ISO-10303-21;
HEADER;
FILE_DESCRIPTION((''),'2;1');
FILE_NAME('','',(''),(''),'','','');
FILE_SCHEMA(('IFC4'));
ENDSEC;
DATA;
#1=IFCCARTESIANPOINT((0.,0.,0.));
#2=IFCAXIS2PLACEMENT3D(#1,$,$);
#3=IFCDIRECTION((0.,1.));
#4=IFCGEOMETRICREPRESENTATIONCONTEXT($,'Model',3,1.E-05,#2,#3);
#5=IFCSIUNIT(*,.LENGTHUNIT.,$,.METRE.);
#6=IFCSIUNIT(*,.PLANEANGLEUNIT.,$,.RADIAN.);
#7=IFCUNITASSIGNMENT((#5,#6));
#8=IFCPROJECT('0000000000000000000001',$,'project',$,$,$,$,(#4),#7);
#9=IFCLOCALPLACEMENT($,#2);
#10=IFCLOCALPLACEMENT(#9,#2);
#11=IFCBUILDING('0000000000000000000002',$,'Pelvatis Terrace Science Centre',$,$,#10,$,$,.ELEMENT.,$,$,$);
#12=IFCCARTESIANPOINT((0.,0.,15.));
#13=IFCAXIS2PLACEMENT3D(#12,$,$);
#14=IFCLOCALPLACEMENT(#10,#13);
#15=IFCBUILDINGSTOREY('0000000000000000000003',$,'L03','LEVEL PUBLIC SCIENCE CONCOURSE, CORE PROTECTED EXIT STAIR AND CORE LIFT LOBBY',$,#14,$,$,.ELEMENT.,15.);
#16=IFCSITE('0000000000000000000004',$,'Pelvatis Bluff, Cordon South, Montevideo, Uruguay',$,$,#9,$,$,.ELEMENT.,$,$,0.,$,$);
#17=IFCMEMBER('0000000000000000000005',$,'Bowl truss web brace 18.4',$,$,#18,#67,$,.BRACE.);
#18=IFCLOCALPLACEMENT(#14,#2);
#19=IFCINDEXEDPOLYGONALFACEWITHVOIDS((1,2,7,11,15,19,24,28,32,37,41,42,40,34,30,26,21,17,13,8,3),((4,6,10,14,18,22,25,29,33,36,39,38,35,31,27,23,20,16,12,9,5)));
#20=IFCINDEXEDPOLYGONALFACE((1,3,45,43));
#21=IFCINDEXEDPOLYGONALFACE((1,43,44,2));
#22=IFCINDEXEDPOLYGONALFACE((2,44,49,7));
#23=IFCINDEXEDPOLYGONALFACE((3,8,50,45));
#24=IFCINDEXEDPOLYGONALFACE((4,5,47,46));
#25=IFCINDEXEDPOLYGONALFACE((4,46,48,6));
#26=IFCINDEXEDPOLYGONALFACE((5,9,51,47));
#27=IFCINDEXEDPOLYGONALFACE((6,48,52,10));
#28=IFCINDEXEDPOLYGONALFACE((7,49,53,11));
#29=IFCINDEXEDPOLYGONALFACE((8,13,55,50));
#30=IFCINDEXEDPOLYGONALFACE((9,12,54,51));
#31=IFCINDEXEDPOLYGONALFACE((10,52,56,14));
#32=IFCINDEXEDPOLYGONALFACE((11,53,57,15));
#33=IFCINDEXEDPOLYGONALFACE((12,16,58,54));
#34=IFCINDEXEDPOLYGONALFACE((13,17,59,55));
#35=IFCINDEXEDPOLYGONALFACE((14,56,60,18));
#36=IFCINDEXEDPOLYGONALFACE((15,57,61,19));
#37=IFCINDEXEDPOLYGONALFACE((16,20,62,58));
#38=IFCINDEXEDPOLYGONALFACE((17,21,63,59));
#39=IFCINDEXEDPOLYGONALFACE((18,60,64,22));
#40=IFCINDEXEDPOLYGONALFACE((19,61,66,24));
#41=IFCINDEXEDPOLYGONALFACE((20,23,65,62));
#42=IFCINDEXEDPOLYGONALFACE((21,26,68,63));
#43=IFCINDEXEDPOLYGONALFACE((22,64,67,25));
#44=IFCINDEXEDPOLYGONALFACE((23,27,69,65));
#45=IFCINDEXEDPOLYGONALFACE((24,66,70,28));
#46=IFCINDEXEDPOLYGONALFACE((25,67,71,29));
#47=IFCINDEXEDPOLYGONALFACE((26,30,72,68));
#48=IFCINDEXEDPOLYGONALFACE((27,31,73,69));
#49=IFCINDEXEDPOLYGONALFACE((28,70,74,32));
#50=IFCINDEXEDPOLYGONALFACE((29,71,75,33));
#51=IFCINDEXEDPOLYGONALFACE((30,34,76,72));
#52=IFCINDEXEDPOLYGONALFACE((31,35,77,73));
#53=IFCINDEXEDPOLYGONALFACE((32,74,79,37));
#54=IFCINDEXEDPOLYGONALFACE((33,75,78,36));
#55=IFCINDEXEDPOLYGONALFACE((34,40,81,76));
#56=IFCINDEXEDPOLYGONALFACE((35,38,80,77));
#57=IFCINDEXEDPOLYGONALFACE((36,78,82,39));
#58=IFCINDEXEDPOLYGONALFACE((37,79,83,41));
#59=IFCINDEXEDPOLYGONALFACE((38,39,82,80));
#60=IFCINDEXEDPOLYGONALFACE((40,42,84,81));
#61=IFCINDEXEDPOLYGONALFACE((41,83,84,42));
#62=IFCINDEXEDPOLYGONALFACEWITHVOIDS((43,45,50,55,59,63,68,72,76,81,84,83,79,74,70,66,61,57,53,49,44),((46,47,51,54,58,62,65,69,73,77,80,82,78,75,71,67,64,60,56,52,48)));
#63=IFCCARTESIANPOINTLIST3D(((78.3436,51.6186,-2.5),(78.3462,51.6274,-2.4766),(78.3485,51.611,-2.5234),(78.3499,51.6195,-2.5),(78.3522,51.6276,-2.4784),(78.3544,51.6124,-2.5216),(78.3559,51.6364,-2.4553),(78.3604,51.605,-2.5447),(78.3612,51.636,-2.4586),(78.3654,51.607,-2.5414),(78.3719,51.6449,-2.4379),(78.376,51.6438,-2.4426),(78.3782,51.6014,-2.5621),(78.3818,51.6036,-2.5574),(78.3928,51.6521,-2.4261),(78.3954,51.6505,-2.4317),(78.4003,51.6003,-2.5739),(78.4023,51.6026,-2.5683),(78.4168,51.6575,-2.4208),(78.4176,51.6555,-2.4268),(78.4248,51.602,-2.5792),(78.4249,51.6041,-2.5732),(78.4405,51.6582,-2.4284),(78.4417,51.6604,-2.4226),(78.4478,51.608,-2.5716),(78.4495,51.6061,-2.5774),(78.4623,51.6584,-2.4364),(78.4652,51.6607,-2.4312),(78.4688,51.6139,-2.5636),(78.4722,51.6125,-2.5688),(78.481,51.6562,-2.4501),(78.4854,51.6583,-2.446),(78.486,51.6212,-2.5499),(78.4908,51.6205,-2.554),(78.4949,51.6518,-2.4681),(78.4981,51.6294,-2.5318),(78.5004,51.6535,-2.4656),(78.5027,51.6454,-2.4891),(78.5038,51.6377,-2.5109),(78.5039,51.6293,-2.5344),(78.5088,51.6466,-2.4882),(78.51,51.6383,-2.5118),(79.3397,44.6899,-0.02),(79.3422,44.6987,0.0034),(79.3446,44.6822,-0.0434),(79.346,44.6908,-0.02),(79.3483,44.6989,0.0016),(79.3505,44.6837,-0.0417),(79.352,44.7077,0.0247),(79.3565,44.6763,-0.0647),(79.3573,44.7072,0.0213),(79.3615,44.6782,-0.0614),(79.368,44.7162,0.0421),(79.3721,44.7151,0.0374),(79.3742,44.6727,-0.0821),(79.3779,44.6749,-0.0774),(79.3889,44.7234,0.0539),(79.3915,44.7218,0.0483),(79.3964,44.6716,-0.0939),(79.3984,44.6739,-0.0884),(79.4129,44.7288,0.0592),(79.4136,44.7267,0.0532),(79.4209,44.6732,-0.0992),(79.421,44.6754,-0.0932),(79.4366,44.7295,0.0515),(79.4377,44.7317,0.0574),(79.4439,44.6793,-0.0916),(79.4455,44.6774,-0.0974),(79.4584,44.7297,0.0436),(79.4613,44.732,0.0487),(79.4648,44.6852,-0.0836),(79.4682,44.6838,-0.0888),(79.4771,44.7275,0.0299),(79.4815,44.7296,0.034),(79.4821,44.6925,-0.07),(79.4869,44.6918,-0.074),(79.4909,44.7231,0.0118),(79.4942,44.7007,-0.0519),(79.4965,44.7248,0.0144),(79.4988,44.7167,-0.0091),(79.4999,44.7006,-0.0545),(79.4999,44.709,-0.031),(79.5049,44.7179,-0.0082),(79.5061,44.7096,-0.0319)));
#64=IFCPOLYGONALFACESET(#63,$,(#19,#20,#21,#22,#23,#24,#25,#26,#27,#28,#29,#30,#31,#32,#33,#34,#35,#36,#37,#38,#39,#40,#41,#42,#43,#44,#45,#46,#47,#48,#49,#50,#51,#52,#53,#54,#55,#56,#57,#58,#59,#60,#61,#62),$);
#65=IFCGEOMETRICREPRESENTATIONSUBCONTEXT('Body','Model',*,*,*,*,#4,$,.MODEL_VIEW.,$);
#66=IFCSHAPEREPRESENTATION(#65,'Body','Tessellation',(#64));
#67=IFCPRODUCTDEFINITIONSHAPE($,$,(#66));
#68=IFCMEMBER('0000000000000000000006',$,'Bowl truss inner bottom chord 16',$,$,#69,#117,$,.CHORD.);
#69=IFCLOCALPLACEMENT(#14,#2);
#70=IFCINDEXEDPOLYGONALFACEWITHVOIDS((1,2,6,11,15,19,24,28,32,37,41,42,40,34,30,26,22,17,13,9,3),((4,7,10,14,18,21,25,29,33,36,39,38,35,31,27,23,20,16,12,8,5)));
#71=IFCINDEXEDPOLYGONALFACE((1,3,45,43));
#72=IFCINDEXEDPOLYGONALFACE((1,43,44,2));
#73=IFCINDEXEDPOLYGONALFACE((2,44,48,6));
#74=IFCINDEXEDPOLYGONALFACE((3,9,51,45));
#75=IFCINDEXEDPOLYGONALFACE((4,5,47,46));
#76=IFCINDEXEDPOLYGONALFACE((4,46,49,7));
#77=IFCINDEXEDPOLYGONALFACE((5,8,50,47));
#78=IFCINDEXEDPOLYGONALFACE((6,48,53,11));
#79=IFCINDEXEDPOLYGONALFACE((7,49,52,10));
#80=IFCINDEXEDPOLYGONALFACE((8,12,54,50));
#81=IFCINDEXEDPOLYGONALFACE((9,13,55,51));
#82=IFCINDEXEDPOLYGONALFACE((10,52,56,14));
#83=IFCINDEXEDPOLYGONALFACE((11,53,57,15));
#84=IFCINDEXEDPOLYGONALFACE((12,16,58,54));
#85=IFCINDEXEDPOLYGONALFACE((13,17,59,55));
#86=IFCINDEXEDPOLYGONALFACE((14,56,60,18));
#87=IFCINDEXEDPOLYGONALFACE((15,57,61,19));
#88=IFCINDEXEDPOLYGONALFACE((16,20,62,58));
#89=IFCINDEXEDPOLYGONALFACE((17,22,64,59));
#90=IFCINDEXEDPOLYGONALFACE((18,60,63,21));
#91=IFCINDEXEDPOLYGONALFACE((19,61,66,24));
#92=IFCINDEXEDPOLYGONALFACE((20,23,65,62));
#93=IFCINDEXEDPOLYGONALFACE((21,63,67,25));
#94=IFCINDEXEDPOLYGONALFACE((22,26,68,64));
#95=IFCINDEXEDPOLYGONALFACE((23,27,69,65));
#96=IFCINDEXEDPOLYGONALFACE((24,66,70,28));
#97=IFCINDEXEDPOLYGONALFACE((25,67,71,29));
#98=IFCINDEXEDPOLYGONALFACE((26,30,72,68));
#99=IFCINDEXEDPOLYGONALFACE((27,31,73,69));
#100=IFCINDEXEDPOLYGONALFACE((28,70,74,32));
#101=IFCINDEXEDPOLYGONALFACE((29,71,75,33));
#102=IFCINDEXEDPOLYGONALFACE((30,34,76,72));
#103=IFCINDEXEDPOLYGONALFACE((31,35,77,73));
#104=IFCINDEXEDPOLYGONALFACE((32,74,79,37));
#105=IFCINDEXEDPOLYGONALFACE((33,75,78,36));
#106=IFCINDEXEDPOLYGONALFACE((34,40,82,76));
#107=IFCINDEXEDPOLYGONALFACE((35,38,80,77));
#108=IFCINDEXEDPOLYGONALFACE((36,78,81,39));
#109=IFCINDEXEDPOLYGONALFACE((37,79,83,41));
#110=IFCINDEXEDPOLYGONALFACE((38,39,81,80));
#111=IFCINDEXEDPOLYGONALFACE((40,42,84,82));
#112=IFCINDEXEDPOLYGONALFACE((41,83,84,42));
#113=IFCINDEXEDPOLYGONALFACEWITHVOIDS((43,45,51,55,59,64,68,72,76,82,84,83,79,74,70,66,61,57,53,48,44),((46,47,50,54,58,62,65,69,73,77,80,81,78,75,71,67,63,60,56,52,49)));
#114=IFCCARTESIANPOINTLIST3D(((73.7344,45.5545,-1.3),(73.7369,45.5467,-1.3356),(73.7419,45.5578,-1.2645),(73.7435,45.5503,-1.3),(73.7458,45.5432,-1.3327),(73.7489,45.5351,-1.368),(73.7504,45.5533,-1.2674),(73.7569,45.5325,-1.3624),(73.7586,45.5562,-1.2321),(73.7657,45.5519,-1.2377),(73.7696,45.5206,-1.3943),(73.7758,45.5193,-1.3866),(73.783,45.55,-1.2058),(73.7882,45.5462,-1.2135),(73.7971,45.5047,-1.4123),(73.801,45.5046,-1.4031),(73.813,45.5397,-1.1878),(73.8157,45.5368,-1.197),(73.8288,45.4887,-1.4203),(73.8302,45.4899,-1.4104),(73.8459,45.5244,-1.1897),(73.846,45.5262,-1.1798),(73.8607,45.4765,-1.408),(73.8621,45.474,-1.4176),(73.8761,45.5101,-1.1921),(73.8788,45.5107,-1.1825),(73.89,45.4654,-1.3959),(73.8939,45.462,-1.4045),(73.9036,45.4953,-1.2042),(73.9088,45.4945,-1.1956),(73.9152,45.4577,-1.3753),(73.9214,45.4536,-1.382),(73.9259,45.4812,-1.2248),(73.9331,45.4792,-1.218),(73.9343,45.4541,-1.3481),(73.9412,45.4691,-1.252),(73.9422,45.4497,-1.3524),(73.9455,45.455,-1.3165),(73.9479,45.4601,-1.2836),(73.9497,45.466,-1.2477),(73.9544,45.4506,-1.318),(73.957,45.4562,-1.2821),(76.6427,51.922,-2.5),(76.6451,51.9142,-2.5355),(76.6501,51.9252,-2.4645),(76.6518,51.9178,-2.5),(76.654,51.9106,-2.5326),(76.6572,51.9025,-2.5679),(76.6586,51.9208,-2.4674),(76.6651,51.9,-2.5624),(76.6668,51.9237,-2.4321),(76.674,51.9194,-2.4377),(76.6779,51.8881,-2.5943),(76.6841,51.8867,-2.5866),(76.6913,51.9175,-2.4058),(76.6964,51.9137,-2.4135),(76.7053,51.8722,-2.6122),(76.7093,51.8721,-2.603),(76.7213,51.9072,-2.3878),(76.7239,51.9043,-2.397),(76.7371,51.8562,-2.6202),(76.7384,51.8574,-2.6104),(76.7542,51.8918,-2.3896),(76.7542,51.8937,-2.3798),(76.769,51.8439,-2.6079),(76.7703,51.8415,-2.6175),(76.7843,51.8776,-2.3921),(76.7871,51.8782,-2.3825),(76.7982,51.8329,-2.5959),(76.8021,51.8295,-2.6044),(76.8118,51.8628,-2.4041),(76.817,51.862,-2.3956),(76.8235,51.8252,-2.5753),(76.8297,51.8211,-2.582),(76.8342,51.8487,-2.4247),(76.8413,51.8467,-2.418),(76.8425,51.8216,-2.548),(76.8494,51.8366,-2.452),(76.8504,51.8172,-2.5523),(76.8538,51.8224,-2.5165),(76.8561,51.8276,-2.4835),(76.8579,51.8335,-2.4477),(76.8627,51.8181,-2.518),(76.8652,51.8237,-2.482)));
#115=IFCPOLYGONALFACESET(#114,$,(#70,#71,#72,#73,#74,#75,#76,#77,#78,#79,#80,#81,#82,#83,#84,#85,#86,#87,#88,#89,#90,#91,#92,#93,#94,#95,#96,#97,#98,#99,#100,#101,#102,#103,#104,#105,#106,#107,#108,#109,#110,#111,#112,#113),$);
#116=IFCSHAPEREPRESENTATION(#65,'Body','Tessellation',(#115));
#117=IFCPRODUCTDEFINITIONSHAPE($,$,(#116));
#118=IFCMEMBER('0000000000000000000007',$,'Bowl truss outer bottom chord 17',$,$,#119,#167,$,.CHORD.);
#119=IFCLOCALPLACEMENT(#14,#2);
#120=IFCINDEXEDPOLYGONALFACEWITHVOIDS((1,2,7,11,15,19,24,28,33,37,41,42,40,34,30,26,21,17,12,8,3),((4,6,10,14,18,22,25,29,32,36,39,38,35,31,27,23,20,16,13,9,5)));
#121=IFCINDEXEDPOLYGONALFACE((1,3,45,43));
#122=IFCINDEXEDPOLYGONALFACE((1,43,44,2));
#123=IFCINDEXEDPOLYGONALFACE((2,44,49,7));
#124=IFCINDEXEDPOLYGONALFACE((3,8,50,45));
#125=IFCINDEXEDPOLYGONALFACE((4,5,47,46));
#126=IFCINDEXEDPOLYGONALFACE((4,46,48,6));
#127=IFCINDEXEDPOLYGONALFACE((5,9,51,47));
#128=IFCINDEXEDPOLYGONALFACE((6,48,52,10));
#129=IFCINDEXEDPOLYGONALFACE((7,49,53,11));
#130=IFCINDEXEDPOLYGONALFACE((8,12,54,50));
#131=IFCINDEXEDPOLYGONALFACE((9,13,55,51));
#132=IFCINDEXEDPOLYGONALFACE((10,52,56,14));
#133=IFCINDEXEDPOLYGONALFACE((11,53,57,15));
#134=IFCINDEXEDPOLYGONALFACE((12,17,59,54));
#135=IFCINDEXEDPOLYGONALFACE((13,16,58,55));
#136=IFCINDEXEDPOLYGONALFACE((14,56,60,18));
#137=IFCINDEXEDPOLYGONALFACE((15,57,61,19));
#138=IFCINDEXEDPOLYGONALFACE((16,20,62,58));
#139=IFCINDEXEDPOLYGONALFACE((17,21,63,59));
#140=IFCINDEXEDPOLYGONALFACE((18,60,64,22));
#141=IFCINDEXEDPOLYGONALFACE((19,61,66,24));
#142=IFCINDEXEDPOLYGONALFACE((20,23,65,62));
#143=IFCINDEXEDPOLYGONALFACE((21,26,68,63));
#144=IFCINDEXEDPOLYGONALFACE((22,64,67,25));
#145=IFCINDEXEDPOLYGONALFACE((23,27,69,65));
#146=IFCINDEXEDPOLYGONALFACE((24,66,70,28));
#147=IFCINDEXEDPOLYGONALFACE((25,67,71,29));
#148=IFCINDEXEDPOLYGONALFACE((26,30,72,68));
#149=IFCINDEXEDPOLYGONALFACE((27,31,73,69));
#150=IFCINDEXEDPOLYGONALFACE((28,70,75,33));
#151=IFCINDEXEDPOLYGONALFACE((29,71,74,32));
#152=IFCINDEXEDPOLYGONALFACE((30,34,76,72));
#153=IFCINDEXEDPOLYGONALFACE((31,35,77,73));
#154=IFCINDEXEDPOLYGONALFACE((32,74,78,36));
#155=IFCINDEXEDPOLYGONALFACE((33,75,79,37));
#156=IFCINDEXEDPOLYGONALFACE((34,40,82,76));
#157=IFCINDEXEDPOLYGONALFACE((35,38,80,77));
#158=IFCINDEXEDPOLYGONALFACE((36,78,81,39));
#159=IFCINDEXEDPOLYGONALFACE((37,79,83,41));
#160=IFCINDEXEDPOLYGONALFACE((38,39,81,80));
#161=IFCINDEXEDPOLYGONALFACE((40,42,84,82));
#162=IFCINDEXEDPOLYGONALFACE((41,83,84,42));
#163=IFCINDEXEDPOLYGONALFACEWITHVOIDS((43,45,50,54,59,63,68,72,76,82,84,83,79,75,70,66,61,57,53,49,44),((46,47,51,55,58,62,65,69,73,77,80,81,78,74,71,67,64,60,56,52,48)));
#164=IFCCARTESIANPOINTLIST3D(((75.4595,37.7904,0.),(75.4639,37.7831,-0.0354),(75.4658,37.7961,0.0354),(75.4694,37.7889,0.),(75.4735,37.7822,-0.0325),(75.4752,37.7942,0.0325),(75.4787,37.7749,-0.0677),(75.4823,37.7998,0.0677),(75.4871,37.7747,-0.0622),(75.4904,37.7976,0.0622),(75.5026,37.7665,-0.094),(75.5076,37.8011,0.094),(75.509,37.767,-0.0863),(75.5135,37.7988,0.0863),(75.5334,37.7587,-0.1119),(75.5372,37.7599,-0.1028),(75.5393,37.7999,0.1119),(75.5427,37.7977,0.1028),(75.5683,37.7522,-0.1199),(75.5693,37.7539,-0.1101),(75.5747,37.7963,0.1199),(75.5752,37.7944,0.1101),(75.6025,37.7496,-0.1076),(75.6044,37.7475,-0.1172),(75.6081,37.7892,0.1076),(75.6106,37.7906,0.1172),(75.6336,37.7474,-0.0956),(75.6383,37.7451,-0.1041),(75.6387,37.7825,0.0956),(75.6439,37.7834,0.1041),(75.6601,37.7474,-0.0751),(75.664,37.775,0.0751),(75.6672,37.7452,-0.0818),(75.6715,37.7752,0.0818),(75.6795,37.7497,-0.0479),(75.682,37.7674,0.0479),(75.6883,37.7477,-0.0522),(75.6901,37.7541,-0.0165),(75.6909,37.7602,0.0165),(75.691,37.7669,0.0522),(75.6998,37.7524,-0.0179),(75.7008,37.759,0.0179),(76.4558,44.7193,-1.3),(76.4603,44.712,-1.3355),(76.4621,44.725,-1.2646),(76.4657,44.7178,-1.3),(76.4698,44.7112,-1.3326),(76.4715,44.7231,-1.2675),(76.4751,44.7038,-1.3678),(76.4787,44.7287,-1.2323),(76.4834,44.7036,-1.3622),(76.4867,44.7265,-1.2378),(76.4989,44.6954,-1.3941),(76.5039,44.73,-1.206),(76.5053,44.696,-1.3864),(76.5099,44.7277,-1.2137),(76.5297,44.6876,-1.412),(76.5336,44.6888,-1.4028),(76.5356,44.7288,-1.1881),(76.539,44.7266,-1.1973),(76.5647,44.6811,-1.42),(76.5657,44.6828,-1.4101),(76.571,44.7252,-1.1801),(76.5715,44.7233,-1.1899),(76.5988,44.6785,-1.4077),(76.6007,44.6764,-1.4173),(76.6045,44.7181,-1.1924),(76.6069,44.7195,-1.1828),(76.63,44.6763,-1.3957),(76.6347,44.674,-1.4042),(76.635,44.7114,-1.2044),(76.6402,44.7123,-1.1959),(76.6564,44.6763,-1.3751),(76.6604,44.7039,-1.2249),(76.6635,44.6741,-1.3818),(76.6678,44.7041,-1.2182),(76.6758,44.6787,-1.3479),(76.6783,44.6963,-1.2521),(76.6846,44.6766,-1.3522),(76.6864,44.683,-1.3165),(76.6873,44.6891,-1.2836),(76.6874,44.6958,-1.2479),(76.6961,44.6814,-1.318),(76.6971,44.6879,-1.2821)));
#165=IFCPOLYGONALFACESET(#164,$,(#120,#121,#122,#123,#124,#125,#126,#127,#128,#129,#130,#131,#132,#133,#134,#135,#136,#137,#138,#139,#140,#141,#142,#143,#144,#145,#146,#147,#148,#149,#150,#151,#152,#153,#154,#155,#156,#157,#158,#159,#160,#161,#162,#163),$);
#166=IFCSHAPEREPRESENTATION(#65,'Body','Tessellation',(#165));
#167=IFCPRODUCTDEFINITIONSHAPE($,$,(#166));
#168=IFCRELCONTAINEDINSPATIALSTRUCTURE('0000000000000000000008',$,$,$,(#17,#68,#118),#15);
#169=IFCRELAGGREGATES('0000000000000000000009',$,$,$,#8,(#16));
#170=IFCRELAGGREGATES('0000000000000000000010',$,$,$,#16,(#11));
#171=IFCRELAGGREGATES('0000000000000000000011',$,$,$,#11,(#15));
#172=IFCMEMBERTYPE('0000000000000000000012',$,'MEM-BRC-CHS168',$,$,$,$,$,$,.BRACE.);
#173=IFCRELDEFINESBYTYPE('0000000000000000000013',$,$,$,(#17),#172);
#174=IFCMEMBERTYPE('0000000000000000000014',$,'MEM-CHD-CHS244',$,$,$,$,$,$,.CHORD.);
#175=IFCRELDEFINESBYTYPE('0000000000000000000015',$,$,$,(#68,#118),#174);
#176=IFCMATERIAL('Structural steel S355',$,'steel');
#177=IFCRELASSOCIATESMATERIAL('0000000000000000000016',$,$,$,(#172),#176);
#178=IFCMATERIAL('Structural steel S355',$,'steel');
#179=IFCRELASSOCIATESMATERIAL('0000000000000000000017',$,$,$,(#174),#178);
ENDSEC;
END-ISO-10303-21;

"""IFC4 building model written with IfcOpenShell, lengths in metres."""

from ifc_helpers import new_model, si_unit, direction, frame, origin, origin_2d, place, context, subcontext, project, spatial, hollow_circle, extrude, material, material_profile, profile_set, type_object, element, save


model = new_model("IFC4")

# Units and contexts
model_context = context("Model", 3, precision=1e-05, world=origin(), true_north=direction((0.0, 1.0)))
body_context = subcontext(model_context, "Body", "Model", "MODEL_VIEW")
ifc_project = project(units=[si_unit("LENGTHUNIT", "METRE"), si_unit("PLANEANGLEUNIT", "RADIAN")], contexts=[model_context])

# Site, building, storey
site_placement = place(None, origin())
site = spatial("IfcSite", under=ifc_project, at=site_placement, Name="Pelvatis Bluff, Cordon South, Montevideo, Uruguay", CompositionType="ELEMENT", RefElevation=0.0)
building_placement = place(site_placement, origin())
building = spatial("IfcBuilding", under=site, at=building_placement, Name="Pelvatis Terrace Science Centre", CompositionType="ELEMENT")
storey_placement = place(building_placement, frame((0.0, 0.0, 15.0)))
storey = spatial("IfcBuildingStorey", under=building, at=storey_placement, Name="L03", Description="LEVEL PUBLIC SCIENCE CONCOURSE, CORE PROTECTED EXIT STAIR AND CORE LIFT LOBBY", CompositionType="ELEMENT", Elevation=15.0)

# Members
ifc_material_1 = material(Name="Structural steel S355", Category="steel")
ifc_material_profile_1 = material_profile(ifc_material_1, hollow_circle(Radius=0.0842, WallThickness=0.0063, at=origin_2d()), Name="CHS 168.3x6.3")
ifc_profile_set_1 = profile_set([ifc_material_profile_1], Name="Structural steel S355")
member_type_1 = type_object("IfcMemberType", Name="MEM-BRC-CHS168", PredefinedType="BRACE", material=ifc_profile_set_1)
for number, where, z_axis, x_axis, name in (
    (1, (79.4231, 44.7019, -0.02), (-0.134131, 0.933, -0.333947), (-0.989824, -0.1423, 0.0), "Bowl truss web brace 18.4"),
):
    element("IfcMember", number, at=place(storey_placement, frame(where, z_axis=z_axis, x_axis=x_axis)), inside=storey, type_object=member_type_1, Name=name, PredefinedType="BRACE", context=body_context, shape_type="SweptSolid", body=[
        extrude(hollow_circle(Radius=0.0842, WallThickness=0.0063, at=origin_2d()), origin(), (0.0, 0.0, 1.0), 7.4263),
    ])
ifc_material_2 = material(Name="Structural steel S355", Category="steel")
ifc_material_profile_2 = material_profile(ifc_material_2, hollow_circle(Radius=0.1223, WallThickness=0.01, at=origin_2d()), Name="CHS 244.5x10.0")
ifc_profile_set_2 = profile_set([ifc_material_profile_2], Name="Structural steel S355")
member_type_2 = type_object("IfcMemberType", Name="MEM-CHD-CHS244", PredefinedType="CHORD", material=ifc_profile_set_2)
member_1_placement = place(storey_placement, frame((73.8457, 45.5037, -1.3), z_axis=(0.409477, 0.896539, -0.168954), x_axis=(-0.909616, 0.41545, 0.0)))
element("IfcMember", 2, at=member_1_placement, inside=storey, type_object=member_type_2, Name="Bowl truss inner bottom chord 16", PredefinedType="CHORD", context=body_context, shape_type="SweptSolid", body=[
    extrude(hollow_circle(Radius=0.1223, WallThickness=0.01, at=origin_2d()), origin(), (0.0, 0.0, 1.0), 7.1023),
])
member_2_placement = place(storey_placement, frame((75.5806, 37.7729, 0.0), z_axis=(0.139937, 0.973179, -0.182593), x_axis=(-0.989819, 0.142329, 0.0)))
element("IfcMember", 3, at=member_2_placement, inside=storey, type_object=member_type_2, Name="Bowl truss outer bottom chord 17", PredefinedType="CHORD", context=body_context, shape_type="SweptSolid", body=[
    extrude(hollow_circle(Radius=0.1223, WallThickness=0.01, at=origin_2d()), origin(), (0.0, 0.0, 1.0), 7.1199),
])

save(model, "model.ifc")
